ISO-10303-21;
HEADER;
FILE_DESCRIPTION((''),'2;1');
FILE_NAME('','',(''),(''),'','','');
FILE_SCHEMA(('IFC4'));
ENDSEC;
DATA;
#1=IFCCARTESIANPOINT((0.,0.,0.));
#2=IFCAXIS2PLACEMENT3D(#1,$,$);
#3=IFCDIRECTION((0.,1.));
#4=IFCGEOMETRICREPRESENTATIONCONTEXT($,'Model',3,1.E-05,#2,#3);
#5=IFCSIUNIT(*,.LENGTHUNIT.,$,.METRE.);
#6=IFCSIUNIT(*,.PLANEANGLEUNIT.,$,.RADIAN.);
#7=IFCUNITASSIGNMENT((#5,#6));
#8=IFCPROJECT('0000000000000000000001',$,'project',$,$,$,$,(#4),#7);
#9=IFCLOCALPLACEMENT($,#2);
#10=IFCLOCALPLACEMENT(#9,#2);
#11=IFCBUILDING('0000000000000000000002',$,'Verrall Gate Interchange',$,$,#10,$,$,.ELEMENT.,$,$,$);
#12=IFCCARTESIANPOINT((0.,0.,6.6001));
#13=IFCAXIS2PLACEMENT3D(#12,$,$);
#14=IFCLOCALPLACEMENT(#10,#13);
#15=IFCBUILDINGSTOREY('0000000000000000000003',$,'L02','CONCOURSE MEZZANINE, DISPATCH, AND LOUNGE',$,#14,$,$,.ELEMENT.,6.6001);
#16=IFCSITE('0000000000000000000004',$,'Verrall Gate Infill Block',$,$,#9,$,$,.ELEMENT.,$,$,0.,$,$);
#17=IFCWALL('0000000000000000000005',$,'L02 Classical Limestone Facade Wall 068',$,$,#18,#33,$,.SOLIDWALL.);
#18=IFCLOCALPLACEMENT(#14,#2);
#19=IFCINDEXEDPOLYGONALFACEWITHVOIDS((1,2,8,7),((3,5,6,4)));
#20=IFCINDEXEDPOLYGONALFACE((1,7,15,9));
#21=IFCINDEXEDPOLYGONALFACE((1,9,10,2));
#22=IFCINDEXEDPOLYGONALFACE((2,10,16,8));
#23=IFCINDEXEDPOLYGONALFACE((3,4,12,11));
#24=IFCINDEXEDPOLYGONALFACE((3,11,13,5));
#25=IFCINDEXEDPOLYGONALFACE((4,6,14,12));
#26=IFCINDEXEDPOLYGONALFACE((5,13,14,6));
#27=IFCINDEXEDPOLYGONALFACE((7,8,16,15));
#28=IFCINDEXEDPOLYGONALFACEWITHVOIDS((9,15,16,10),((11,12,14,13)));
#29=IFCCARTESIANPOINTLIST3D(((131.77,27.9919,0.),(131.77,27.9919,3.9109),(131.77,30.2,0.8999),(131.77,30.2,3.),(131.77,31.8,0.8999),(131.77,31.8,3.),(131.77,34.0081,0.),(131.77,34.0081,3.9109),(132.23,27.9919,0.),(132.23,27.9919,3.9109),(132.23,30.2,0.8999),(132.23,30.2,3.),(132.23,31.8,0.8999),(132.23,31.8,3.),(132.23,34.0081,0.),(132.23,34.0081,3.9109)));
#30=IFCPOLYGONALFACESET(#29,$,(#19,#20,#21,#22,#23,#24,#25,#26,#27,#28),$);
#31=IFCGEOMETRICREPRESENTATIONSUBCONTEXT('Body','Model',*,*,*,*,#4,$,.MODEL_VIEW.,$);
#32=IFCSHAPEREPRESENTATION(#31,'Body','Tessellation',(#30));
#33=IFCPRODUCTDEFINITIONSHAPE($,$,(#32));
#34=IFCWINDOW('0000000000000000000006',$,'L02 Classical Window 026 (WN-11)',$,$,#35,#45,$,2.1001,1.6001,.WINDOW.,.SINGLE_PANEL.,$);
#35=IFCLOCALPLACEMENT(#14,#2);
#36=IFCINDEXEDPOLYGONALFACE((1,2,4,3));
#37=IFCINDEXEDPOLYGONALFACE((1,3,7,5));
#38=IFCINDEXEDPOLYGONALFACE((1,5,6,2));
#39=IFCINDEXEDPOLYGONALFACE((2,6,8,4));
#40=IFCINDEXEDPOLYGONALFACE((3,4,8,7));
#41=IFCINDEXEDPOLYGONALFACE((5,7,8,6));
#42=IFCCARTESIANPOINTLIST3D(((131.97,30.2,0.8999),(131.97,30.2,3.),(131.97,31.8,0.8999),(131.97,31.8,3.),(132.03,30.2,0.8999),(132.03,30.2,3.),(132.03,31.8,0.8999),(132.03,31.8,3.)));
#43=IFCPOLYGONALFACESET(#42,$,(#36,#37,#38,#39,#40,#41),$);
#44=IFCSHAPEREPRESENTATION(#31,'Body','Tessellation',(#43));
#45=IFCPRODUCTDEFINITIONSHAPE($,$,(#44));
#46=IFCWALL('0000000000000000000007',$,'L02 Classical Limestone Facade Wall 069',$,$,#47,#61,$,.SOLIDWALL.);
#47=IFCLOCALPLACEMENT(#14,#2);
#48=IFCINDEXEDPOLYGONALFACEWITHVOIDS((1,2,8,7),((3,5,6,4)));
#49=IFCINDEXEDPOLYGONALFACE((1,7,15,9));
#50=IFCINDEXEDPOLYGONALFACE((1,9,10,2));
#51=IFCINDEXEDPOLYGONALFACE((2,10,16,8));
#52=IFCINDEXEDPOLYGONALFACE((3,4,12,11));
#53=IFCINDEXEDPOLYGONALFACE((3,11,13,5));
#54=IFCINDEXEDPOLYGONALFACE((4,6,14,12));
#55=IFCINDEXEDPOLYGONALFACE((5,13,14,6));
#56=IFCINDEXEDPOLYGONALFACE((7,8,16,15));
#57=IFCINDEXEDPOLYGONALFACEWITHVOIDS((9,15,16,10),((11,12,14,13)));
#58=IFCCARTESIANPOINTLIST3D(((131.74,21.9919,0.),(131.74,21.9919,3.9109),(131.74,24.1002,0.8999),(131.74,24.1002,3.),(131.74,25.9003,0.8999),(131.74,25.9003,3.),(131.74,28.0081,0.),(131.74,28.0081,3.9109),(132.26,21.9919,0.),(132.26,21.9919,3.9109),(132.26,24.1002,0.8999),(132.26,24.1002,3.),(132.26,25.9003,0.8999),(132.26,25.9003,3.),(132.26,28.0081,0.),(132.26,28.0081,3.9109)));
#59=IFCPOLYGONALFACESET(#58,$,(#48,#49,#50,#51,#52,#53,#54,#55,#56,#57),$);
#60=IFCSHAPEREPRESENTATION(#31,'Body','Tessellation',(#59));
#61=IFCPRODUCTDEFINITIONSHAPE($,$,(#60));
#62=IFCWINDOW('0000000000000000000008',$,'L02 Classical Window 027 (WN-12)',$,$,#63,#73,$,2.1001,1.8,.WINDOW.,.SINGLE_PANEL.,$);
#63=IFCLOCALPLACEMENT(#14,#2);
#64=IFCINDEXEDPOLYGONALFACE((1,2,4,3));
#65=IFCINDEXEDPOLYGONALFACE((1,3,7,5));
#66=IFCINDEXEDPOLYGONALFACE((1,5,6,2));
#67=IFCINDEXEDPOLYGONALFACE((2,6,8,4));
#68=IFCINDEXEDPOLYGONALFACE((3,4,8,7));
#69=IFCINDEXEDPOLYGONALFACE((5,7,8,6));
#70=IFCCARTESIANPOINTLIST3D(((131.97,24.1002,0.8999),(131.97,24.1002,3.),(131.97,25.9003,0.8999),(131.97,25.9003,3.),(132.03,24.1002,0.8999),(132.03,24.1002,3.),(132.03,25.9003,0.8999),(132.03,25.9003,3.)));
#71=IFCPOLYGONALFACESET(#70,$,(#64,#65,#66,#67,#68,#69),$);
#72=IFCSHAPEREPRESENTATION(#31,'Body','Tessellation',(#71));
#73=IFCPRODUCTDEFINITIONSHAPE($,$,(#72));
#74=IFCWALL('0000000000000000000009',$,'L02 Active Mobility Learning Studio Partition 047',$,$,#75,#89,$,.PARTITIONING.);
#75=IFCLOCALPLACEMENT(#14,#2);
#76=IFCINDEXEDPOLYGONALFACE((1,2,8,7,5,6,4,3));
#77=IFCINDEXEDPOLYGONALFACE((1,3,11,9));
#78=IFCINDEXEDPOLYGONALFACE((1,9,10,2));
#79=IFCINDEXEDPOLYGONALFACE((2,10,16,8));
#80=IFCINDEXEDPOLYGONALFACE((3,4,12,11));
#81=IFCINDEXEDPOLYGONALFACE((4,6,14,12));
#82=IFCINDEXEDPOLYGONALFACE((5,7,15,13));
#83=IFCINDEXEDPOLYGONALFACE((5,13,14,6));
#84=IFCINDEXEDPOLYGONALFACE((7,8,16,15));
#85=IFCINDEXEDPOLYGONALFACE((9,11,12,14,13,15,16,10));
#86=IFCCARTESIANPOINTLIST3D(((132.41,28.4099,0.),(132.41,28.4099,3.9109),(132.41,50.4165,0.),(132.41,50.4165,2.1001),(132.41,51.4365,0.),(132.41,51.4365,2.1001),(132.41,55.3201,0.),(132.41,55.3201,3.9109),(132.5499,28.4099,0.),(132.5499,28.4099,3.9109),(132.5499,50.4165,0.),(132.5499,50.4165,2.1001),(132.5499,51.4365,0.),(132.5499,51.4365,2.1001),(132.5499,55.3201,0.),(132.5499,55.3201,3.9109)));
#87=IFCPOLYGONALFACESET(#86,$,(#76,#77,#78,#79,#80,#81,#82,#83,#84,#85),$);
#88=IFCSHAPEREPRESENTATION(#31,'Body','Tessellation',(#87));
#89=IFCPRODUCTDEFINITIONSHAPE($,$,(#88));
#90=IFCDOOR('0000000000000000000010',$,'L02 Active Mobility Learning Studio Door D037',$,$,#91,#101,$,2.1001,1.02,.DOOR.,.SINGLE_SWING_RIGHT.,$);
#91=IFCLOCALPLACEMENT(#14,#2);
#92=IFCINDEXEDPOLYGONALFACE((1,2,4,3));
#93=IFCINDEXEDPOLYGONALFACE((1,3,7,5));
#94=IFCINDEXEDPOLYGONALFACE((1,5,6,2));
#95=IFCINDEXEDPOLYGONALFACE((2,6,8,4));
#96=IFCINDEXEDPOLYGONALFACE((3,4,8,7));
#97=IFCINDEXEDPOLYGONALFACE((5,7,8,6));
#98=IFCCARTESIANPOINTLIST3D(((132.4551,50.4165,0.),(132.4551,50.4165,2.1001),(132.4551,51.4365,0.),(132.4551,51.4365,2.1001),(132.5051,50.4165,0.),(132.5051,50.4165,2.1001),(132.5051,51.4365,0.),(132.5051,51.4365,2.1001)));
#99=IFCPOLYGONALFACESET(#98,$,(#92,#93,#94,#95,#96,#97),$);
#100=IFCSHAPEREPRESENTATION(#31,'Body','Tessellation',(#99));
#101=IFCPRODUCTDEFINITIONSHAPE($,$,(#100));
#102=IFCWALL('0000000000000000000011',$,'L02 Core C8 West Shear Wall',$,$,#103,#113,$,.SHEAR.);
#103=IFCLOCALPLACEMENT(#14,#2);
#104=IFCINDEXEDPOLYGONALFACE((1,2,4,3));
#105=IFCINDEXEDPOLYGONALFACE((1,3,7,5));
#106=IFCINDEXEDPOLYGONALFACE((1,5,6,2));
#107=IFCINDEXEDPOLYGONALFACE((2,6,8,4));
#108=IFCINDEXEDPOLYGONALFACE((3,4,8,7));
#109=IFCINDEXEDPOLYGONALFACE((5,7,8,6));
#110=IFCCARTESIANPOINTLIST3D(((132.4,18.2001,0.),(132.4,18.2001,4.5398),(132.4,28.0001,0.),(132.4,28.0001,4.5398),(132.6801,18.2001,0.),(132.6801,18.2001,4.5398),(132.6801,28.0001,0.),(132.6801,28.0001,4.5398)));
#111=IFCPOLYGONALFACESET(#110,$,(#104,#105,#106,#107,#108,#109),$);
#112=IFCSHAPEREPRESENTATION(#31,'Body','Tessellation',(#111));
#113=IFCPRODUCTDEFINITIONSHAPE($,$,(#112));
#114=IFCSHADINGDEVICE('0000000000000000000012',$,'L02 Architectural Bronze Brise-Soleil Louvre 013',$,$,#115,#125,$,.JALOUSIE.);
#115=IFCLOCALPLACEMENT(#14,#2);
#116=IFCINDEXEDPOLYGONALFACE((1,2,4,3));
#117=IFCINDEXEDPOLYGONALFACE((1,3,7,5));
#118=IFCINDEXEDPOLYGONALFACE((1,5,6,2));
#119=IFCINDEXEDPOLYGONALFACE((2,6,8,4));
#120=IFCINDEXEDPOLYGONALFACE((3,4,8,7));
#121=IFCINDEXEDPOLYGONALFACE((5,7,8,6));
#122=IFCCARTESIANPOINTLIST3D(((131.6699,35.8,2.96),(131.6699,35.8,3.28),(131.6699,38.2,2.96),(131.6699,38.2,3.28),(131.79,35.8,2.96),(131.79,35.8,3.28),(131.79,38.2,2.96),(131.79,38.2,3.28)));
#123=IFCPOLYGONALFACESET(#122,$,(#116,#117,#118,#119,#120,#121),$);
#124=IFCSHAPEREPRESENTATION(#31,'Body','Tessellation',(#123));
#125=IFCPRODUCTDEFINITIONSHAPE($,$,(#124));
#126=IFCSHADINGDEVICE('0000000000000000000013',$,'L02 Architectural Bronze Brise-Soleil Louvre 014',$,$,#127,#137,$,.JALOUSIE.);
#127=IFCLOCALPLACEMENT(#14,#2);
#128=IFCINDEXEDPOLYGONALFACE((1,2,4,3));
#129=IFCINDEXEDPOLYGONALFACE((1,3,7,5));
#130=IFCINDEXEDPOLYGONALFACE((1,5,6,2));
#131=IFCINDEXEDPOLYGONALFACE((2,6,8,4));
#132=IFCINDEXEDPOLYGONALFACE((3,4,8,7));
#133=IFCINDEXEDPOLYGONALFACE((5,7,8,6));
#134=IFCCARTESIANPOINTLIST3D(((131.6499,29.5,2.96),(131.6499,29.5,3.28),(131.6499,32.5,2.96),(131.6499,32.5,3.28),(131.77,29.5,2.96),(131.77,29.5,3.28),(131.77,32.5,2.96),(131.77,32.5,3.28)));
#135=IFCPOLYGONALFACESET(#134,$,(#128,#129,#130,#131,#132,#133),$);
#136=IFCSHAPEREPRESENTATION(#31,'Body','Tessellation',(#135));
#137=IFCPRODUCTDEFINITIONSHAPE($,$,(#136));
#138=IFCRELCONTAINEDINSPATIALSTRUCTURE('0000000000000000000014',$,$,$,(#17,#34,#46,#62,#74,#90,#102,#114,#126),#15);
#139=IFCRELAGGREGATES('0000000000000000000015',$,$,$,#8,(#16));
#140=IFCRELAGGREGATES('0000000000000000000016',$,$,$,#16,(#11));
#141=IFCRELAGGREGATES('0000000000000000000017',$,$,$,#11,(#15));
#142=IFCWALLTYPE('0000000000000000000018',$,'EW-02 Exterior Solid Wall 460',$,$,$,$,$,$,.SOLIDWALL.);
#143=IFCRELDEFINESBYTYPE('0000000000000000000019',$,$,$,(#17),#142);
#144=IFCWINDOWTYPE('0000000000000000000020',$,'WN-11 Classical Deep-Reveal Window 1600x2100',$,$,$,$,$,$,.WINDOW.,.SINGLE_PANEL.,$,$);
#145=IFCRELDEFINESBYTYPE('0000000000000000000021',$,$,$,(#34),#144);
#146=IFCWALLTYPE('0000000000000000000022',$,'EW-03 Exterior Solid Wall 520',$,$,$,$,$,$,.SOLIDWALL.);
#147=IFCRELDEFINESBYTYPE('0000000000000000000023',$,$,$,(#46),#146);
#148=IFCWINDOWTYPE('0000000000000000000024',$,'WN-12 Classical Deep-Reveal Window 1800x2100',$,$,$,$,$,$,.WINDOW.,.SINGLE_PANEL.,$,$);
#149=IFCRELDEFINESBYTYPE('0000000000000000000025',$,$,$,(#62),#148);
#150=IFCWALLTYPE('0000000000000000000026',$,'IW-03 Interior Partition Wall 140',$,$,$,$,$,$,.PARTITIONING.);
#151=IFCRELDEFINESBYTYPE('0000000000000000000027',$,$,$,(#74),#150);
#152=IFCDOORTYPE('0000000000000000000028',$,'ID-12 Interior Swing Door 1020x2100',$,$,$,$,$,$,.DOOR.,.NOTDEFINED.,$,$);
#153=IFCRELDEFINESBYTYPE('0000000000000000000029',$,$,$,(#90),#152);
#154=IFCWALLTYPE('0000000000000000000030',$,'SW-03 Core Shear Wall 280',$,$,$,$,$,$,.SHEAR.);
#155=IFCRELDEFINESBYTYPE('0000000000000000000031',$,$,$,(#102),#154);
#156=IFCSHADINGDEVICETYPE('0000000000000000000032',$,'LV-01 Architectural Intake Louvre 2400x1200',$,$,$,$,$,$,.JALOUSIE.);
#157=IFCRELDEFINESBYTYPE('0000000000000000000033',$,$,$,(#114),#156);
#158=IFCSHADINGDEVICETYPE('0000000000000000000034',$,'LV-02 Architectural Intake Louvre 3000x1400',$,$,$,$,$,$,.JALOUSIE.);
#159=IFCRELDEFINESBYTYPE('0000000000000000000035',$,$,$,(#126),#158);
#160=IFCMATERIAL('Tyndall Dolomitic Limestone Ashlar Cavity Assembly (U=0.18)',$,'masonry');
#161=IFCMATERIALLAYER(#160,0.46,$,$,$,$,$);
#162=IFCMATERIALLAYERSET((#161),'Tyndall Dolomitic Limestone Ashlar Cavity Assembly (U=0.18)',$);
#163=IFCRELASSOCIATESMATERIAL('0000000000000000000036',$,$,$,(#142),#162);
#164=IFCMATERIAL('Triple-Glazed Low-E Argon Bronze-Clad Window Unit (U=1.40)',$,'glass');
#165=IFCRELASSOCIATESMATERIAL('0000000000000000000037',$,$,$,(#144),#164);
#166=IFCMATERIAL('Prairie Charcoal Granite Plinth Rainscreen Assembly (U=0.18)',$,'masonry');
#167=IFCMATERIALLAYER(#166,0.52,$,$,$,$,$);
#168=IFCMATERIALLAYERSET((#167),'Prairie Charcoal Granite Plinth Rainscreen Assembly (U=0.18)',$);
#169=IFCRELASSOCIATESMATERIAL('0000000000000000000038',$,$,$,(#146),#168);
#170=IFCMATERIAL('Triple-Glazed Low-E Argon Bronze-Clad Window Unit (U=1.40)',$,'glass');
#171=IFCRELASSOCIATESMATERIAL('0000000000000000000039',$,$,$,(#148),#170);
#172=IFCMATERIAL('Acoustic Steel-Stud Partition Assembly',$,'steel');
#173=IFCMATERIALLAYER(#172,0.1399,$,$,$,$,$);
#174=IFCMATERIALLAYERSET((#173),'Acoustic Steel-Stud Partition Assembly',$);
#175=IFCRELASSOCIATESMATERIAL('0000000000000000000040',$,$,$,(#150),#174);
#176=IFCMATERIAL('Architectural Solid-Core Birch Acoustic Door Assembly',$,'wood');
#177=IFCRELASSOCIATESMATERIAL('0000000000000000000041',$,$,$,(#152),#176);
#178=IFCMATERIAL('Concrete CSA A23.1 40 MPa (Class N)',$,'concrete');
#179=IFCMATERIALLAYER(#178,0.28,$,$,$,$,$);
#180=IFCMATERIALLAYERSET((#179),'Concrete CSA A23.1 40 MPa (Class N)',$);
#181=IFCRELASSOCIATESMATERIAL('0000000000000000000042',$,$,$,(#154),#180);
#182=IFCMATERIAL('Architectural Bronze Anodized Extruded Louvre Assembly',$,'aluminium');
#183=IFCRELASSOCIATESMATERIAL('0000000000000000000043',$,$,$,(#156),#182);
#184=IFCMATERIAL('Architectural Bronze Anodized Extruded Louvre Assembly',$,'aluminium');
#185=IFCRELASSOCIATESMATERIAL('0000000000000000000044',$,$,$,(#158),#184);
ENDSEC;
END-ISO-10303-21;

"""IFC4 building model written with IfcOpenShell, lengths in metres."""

from ifc_helpers import new_model, si_unit, direction, frame, frame_2d, origin, origin_2d, place, context, subcontext, project, spatial, rectangle, extrude, material, layer, layer_set, type_object, element, fill, save


model = new_model("IFC4")

# Units and contexts
model_context = context("Model", 3, precision=1e-05, world=origin(), true_north=direction((0.0, 1.0)))
body_context = subcontext(model_context, "Body", "Model", "MODEL_VIEW")
ifc_project = project(units=[si_unit("LENGTHUNIT", "METRE"), si_unit("PLANEANGLEUNIT", "RADIAN")], contexts=[model_context])

# Site, building, storey
site_placement = place(None, origin())
site = spatial("IfcSite", under=ifc_project, at=site_placement, Name="Verrall Gate Infill Block", CompositionType="ELEMENT", RefElevation=0.0)
building_placement = place(site_placement, origin())
building = spatial("IfcBuilding", under=site, at=building_placement, Name="Verrall Gate Interchange", CompositionType="ELEMENT")
storey_placement = place(building_placement, frame((0.0, 0.0, 6.6001)))
storey = spatial("IfcBuildingStorey", under=building, at=storey_placement, Name="L02", Description="CONCOURSE MEZZANINE, DISPATCH, AND LOUNGE", CompositionType="ELEMENT", Elevation=6.6001)

# Walls, openings, windows
ifc_material_1 = material(Name="Tyndall Dolomitic Limestone Ashlar Cavity Assembly (U=0.18)", Category="masonry")
ifc_layer_1 = layer(ifc_material_1, 0.46)
ifc_layer_set_1 = layer_set([ifc_layer_1], Name="Tyndall Dolomitic Limestone Ashlar Cavity Assembly (U=0.18)")
wall_type_1 = type_object("IfcWallType", Name="EW-02 Exterior Solid Wall 460", PredefinedType="SOLIDWALL", material=ifc_layer_set_1)
wall_1_placement = place(storey_placement, frame((132.0, 34.0081, 0.0), z_axis=(0.0, 0.0, 1.0), x_axis=(0.0, -1.0, 0.0)))
wall_1 = element("IfcWall", 1, at=wall_1_placement, inside=storey, type_object=wall_type_1, Name="L02 Classical Limestone Facade Wall 068", PredefinedType="SOLIDWALL", context=body_context, shape_type="SweptSolid", body=[
    extrude(rectangle(XDim=6.0161, YDim=0.46, at=frame_2d((3.0081, 0.0))), origin(), (0.0, 0.0, 1.0), 3.9109),
])
opening_1_placement = place(wall_1_placement, frame((2.208, 0.0, 0.8999)))
opening_1 = element("IfcOpeningElement", 2, at=opening_1_placement, cuts=wall_1, PredefinedType="OPENING", context=body_context, shape_type="SweptSolid", body=[
    extrude(rectangle(XDim=1.6001, YDim=2.1001, at=frame_2d((0.8, 1.05))), frame((0.0, 0.2449, 0.0), z_axis=(0.0, -1.0, 0.0), x_axis=(1.0, 0.0, 0.0)), (0.0, 0.0, 1.0), 0.4897),
])
ifc_material_2 = material(Name="Triple-Glazed Low-E Argon Bronze-Clad Window Unit (U=1.40)", Category="glass")
window_type_1 = type_object("IfcWindowType", Name="WN-11 Classical Deep-Reveal Window 1600x2100", PartitioningType="SINGLE_PANEL", PredefinedType="WINDOW", material=ifc_material_2)
window_1_placement = place(opening_1_placement, origin())
window_1 = element("IfcWindow", 3, at=window_1_placement, inside=storey, type_object=window_type_1, Name="L02 Classical Window 026 (WN-11)", OverallHeight=2.1001, OverallWidth=1.6001, PartitioningType="SINGLE_PANEL", PredefinedType="WINDOW", context=body_context, shape_type="SweptSolid", body=[
    extrude(rectangle(XDim=1.6001, YDim=2.1001, at=frame_2d((0.8, 1.05))), frame((0.0, 0.03, 0.0), z_axis=(0.0, -1.0, 0.0), x_axis=(1.0, 0.0, 0.0)), (0.0, 0.0, 1.0), 0.0601),
])
fill(opening_1, window_1)
ifc_material_3 = material(Name="Prairie Charcoal Granite Plinth Rainscreen Assembly (U=0.18)", Category="masonry")
ifc_layer_2 = layer(ifc_material_3, 0.52)
ifc_layer_set_2 = layer_set([ifc_layer_2], Name="Prairie Charcoal Granite Plinth Rainscreen Assembly (U=0.18)")
wall_type_2 = type_object("IfcWallType", Name="EW-03 Exterior Solid Wall 520", PredefinedType="SOLIDWALL", material=ifc_layer_set_2)
wall_2_placement = place(storey_placement, frame((132.0, 28.0081, 0.0), z_axis=(0.0, 0.0, 1.0), x_axis=(0.0, -1.0, 0.0)))
wall_2 = element("IfcWall", 4, at=wall_2_placement, inside=storey, type_object=wall_type_2, Name="L02 Classical Limestone Facade Wall 069", PredefinedType="SOLIDWALL", context=body_context, shape_type="SweptSolid", body=[
    extrude(rectangle(XDim=6.0161, YDim=0.52, at=frame_2d((3.0081, 0.0))), origin(), (0.0, 0.0, 1.0), 3.9109),
])
opening_2_placement = place(wall_2_placement, frame((2.1079, 0.0, 0.8999)))
opening_2 = element("IfcOpeningElement", 5, at=opening_2_placement, cuts=wall_2, PredefinedType="OPENING", context=body_context, shape_type="SweptSolid", body=[
    extrude(rectangle(XDim=1.8, YDim=2.1001, at=frame_2d((0.8999, 1.05))), frame((0.0, 0.2749, 0.0), z_axis=(0.0, -1.0, 0.0), x_axis=(1.0, 0.0, 0.0)), (0.0, 0.0, 1.0), 0.5498),
])
ifc_material_4 = material(Name="Triple-Glazed Low-E Argon Bronze-Clad Window Unit (U=1.40)", Category="glass")
window_type_2 = type_object("IfcWindowType", Name="WN-12 Classical Deep-Reveal Window 1800x2100", PartitioningType="SINGLE_PANEL", PredefinedType="WINDOW", material=ifc_material_4)
window_2_placement = place(opening_2_placement, origin())
window_2 = element("IfcWindow", 6, at=window_2_placement, inside=storey, type_object=window_type_2, Name="L02 Classical Window 027 (WN-12)", OverallHeight=2.1001, OverallWidth=1.8, PartitioningType="SINGLE_PANEL", PredefinedType="WINDOW", context=body_context, shape_type="SweptSolid", body=[
    extrude(rectangle(XDim=1.8, YDim=2.1001, at=frame_2d((0.8999, 1.05))), frame((0.0, 0.03, 0.0), z_axis=(0.0, -1.0, 0.0), x_axis=(1.0, 0.0, 0.0)), (0.0, 0.0, 1.0), 0.0601),
])
fill(opening_2, window_2)

# Wall, opening, door
ifc_material_5 = material(Name="Acoustic Steel-Stud Partition Assembly", Category="steel")
ifc_layer_3 = layer(ifc_material_5, 0.1399)
ifc_layer_set_3 = layer_set([ifc_layer_3], Name="Acoustic Steel-Stud Partition Assembly")
wall_type_3 = type_object("IfcWallType", Name="IW-03 Interior Partition Wall 140", PredefinedType="PARTITIONING", material=ifc_layer_set_3)
wall_3_placement = place(storey_placement, frame((132.48, 28.4099, 0.0), z_axis=(0.0, 0.0, 1.0), x_axis=(0.0, 1.0, 0.0)))
wall_3 = element("IfcWall", 7, at=wall_3_placement, inside=storey, type_object=wall_type_3, Name="L02 Active Mobility Learning Studio Partition 047", PredefinedType="PARTITIONING", context=body_context, shape_type="SweptSolid", body=[
    extrude(rectangle(XDim=26.9102, YDim=0.1399, at=frame_2d((13.4551, 0.0))), origin(), (0.0, 0.0, 1.0), 3.9109),
])
opening_3_placement = place(wall_3_placement, frame((22.0066, 0.0, 0.0)))
opening_3 = element("IfcOpeningElement", 8, at=opening_3_placement, cuts=wall_3, PredefinedType="OPENING", context=body_context, shape_type="SweptSolid", body=[
    extrude(rectangle(XDim=1.02, YDim=2.1001, at=frame_2d((0.51, 1.05))), frame((0.0, 0.085, 0.0), z_axis=(0.0, -1.0, 0.0), x_axis=(1.0, 0.0, 0.0)), (0.0, 0.0, 1.0), 0.1697),
])
ifc_material_6 = material(Name="Architectural Solid-Core Birch Acoustic Door Assembly", Category="wood")
door_type = type_object("IfcDoorType", Name="ID-12 Interior Swing Door 1020x2100", OperationType="NOTDEFINED", PredefinedType="DOOR", material=ifc_material_6)
door_placement = place(opening_3_placement, origin())
door = element("IfcDoor", 9, at=door_placement, inside=storey, type_object=door_type, Name="L02 Active Mobility Learning Studio Door D037", OperationType="SINGLE_SWING_RIGHT", OverallHeight=2.1001, OverallWidth=1.02, PredefinedType="DOOR", context=body_context, shape_type="SweptSolid", body=[
    extrude(rectangle(XDim=1.02, YDim=2.1001, at=frame_2d((0.51, 1.05))), frame((0.0, 0.0249, 0.0), z_axis=(0.0, -1.0, 0.0), x_axis=(1.0, 0.0, 0.0)), (0.0, 0.0, 1.0), 0.05),
])
fill(opening_3, door)

# Wall
ifc_material_7 = material(Name="Concrete CSA A23.1 40 MPa (Class N)", Category="concrete")
ifc_layer_4 = layer(ifc_material_7, 0.28)
ifc_layer_set_4 = layer_set([ifc_layer_4], Name="Concrete CSA A23.1 40 MPa (Class N)")
wall_type_4 = type_object("IfcWallType", Name="SW-03 Core Shear Wall 280", PredefinedType="SHEAR", material=ifc_layer_set_4)
wall_4_placement = place(storey_placement, frame((132.54, 28.0, 0.0), z_axis=(0.0, 0.0, 1.0), x_axis=(0.0, -1.0, 0.0)))
element("IfcWall", 10, at=wall_4_placement, inside=storey, type_object=wall_type_4, Name="L02 Core C8 West Shear Wall", PredefinedType="SHEAR", context=body_context, shape_type="SweptSolid", body=[
    extrude(rectangle(XDim=9.8, YDim=0.28, at=frame_2d((4.8999, 0.0))), origin(), (0.0, 0.0, 1.0), 4.5398),
])

# Shading devices
ifc_material_8 = material(Name="Architectural Bronze Anodized Extruded Louvre Assembly", Category="aluminium")
shading_device_type_1 = type_object("IfcShadingDeviceType", Name="LV-01 Architectural Intake Louvre 2400x1200", PredefinedType="JALOUSIE", material=ifc_material_8)
shading_device_1_placement = place(storey_placement, frame((131.73, 37.0, 2.96), z_axis=(0.0, 0.0, 1.0), x_axis=(0.0, -1.0, 0.0)))
element("IfcShadingDevice", 11, at=shading_device_1_placement, inside=storey, type_object=shading_device_type_1, Name="L02 Architectural Bronze Brise-Soleil Louvre 013", PredefinedType="JALOUSIE", context=body_context, shape_type="SweptSolid", body=[
    extrude(rectangle(XDim=2.3999, YDim=0.1201, at=origin_2d()), origin(), (0.0, 0.0, 1.0), 0.3201),
])
ifc_material_9 = material(Name="Architectural Bronze Anodized Extruded Louvre Assembly", Category="aluminium")
shading_device_type_2 = type_object("IfcShadingDeviceType", Name="LV-02 Architectural Intake Louvre 3000x1400", PredefinedType="JALOUSIE", material=ifc_material_9)
shading_device_2_placement = place(storey_placement, frame((131.71, 31.0, 2.96), z_axis=(0.0, 0.0, 1.0), x_axis=(0.0, -1.0, 0.0)))
element("IfcShadingDevice", 12, at=shading_device_2_placement, inside=storey, type_object=shading_device_type_2, Name="L02 Architectural Bronze Brise-Soleil Louvre 014", PredefinedType="JALOUSIE", context=body_context, shape_type="SweptSolid", body=[
    extrude(rectangle(XDim=3.0, YDim=0.1201, at=origin_2d()), origin(), (0.0, 0.0, 1.0), 0.3201),
])

save(model, "model.ifc")
